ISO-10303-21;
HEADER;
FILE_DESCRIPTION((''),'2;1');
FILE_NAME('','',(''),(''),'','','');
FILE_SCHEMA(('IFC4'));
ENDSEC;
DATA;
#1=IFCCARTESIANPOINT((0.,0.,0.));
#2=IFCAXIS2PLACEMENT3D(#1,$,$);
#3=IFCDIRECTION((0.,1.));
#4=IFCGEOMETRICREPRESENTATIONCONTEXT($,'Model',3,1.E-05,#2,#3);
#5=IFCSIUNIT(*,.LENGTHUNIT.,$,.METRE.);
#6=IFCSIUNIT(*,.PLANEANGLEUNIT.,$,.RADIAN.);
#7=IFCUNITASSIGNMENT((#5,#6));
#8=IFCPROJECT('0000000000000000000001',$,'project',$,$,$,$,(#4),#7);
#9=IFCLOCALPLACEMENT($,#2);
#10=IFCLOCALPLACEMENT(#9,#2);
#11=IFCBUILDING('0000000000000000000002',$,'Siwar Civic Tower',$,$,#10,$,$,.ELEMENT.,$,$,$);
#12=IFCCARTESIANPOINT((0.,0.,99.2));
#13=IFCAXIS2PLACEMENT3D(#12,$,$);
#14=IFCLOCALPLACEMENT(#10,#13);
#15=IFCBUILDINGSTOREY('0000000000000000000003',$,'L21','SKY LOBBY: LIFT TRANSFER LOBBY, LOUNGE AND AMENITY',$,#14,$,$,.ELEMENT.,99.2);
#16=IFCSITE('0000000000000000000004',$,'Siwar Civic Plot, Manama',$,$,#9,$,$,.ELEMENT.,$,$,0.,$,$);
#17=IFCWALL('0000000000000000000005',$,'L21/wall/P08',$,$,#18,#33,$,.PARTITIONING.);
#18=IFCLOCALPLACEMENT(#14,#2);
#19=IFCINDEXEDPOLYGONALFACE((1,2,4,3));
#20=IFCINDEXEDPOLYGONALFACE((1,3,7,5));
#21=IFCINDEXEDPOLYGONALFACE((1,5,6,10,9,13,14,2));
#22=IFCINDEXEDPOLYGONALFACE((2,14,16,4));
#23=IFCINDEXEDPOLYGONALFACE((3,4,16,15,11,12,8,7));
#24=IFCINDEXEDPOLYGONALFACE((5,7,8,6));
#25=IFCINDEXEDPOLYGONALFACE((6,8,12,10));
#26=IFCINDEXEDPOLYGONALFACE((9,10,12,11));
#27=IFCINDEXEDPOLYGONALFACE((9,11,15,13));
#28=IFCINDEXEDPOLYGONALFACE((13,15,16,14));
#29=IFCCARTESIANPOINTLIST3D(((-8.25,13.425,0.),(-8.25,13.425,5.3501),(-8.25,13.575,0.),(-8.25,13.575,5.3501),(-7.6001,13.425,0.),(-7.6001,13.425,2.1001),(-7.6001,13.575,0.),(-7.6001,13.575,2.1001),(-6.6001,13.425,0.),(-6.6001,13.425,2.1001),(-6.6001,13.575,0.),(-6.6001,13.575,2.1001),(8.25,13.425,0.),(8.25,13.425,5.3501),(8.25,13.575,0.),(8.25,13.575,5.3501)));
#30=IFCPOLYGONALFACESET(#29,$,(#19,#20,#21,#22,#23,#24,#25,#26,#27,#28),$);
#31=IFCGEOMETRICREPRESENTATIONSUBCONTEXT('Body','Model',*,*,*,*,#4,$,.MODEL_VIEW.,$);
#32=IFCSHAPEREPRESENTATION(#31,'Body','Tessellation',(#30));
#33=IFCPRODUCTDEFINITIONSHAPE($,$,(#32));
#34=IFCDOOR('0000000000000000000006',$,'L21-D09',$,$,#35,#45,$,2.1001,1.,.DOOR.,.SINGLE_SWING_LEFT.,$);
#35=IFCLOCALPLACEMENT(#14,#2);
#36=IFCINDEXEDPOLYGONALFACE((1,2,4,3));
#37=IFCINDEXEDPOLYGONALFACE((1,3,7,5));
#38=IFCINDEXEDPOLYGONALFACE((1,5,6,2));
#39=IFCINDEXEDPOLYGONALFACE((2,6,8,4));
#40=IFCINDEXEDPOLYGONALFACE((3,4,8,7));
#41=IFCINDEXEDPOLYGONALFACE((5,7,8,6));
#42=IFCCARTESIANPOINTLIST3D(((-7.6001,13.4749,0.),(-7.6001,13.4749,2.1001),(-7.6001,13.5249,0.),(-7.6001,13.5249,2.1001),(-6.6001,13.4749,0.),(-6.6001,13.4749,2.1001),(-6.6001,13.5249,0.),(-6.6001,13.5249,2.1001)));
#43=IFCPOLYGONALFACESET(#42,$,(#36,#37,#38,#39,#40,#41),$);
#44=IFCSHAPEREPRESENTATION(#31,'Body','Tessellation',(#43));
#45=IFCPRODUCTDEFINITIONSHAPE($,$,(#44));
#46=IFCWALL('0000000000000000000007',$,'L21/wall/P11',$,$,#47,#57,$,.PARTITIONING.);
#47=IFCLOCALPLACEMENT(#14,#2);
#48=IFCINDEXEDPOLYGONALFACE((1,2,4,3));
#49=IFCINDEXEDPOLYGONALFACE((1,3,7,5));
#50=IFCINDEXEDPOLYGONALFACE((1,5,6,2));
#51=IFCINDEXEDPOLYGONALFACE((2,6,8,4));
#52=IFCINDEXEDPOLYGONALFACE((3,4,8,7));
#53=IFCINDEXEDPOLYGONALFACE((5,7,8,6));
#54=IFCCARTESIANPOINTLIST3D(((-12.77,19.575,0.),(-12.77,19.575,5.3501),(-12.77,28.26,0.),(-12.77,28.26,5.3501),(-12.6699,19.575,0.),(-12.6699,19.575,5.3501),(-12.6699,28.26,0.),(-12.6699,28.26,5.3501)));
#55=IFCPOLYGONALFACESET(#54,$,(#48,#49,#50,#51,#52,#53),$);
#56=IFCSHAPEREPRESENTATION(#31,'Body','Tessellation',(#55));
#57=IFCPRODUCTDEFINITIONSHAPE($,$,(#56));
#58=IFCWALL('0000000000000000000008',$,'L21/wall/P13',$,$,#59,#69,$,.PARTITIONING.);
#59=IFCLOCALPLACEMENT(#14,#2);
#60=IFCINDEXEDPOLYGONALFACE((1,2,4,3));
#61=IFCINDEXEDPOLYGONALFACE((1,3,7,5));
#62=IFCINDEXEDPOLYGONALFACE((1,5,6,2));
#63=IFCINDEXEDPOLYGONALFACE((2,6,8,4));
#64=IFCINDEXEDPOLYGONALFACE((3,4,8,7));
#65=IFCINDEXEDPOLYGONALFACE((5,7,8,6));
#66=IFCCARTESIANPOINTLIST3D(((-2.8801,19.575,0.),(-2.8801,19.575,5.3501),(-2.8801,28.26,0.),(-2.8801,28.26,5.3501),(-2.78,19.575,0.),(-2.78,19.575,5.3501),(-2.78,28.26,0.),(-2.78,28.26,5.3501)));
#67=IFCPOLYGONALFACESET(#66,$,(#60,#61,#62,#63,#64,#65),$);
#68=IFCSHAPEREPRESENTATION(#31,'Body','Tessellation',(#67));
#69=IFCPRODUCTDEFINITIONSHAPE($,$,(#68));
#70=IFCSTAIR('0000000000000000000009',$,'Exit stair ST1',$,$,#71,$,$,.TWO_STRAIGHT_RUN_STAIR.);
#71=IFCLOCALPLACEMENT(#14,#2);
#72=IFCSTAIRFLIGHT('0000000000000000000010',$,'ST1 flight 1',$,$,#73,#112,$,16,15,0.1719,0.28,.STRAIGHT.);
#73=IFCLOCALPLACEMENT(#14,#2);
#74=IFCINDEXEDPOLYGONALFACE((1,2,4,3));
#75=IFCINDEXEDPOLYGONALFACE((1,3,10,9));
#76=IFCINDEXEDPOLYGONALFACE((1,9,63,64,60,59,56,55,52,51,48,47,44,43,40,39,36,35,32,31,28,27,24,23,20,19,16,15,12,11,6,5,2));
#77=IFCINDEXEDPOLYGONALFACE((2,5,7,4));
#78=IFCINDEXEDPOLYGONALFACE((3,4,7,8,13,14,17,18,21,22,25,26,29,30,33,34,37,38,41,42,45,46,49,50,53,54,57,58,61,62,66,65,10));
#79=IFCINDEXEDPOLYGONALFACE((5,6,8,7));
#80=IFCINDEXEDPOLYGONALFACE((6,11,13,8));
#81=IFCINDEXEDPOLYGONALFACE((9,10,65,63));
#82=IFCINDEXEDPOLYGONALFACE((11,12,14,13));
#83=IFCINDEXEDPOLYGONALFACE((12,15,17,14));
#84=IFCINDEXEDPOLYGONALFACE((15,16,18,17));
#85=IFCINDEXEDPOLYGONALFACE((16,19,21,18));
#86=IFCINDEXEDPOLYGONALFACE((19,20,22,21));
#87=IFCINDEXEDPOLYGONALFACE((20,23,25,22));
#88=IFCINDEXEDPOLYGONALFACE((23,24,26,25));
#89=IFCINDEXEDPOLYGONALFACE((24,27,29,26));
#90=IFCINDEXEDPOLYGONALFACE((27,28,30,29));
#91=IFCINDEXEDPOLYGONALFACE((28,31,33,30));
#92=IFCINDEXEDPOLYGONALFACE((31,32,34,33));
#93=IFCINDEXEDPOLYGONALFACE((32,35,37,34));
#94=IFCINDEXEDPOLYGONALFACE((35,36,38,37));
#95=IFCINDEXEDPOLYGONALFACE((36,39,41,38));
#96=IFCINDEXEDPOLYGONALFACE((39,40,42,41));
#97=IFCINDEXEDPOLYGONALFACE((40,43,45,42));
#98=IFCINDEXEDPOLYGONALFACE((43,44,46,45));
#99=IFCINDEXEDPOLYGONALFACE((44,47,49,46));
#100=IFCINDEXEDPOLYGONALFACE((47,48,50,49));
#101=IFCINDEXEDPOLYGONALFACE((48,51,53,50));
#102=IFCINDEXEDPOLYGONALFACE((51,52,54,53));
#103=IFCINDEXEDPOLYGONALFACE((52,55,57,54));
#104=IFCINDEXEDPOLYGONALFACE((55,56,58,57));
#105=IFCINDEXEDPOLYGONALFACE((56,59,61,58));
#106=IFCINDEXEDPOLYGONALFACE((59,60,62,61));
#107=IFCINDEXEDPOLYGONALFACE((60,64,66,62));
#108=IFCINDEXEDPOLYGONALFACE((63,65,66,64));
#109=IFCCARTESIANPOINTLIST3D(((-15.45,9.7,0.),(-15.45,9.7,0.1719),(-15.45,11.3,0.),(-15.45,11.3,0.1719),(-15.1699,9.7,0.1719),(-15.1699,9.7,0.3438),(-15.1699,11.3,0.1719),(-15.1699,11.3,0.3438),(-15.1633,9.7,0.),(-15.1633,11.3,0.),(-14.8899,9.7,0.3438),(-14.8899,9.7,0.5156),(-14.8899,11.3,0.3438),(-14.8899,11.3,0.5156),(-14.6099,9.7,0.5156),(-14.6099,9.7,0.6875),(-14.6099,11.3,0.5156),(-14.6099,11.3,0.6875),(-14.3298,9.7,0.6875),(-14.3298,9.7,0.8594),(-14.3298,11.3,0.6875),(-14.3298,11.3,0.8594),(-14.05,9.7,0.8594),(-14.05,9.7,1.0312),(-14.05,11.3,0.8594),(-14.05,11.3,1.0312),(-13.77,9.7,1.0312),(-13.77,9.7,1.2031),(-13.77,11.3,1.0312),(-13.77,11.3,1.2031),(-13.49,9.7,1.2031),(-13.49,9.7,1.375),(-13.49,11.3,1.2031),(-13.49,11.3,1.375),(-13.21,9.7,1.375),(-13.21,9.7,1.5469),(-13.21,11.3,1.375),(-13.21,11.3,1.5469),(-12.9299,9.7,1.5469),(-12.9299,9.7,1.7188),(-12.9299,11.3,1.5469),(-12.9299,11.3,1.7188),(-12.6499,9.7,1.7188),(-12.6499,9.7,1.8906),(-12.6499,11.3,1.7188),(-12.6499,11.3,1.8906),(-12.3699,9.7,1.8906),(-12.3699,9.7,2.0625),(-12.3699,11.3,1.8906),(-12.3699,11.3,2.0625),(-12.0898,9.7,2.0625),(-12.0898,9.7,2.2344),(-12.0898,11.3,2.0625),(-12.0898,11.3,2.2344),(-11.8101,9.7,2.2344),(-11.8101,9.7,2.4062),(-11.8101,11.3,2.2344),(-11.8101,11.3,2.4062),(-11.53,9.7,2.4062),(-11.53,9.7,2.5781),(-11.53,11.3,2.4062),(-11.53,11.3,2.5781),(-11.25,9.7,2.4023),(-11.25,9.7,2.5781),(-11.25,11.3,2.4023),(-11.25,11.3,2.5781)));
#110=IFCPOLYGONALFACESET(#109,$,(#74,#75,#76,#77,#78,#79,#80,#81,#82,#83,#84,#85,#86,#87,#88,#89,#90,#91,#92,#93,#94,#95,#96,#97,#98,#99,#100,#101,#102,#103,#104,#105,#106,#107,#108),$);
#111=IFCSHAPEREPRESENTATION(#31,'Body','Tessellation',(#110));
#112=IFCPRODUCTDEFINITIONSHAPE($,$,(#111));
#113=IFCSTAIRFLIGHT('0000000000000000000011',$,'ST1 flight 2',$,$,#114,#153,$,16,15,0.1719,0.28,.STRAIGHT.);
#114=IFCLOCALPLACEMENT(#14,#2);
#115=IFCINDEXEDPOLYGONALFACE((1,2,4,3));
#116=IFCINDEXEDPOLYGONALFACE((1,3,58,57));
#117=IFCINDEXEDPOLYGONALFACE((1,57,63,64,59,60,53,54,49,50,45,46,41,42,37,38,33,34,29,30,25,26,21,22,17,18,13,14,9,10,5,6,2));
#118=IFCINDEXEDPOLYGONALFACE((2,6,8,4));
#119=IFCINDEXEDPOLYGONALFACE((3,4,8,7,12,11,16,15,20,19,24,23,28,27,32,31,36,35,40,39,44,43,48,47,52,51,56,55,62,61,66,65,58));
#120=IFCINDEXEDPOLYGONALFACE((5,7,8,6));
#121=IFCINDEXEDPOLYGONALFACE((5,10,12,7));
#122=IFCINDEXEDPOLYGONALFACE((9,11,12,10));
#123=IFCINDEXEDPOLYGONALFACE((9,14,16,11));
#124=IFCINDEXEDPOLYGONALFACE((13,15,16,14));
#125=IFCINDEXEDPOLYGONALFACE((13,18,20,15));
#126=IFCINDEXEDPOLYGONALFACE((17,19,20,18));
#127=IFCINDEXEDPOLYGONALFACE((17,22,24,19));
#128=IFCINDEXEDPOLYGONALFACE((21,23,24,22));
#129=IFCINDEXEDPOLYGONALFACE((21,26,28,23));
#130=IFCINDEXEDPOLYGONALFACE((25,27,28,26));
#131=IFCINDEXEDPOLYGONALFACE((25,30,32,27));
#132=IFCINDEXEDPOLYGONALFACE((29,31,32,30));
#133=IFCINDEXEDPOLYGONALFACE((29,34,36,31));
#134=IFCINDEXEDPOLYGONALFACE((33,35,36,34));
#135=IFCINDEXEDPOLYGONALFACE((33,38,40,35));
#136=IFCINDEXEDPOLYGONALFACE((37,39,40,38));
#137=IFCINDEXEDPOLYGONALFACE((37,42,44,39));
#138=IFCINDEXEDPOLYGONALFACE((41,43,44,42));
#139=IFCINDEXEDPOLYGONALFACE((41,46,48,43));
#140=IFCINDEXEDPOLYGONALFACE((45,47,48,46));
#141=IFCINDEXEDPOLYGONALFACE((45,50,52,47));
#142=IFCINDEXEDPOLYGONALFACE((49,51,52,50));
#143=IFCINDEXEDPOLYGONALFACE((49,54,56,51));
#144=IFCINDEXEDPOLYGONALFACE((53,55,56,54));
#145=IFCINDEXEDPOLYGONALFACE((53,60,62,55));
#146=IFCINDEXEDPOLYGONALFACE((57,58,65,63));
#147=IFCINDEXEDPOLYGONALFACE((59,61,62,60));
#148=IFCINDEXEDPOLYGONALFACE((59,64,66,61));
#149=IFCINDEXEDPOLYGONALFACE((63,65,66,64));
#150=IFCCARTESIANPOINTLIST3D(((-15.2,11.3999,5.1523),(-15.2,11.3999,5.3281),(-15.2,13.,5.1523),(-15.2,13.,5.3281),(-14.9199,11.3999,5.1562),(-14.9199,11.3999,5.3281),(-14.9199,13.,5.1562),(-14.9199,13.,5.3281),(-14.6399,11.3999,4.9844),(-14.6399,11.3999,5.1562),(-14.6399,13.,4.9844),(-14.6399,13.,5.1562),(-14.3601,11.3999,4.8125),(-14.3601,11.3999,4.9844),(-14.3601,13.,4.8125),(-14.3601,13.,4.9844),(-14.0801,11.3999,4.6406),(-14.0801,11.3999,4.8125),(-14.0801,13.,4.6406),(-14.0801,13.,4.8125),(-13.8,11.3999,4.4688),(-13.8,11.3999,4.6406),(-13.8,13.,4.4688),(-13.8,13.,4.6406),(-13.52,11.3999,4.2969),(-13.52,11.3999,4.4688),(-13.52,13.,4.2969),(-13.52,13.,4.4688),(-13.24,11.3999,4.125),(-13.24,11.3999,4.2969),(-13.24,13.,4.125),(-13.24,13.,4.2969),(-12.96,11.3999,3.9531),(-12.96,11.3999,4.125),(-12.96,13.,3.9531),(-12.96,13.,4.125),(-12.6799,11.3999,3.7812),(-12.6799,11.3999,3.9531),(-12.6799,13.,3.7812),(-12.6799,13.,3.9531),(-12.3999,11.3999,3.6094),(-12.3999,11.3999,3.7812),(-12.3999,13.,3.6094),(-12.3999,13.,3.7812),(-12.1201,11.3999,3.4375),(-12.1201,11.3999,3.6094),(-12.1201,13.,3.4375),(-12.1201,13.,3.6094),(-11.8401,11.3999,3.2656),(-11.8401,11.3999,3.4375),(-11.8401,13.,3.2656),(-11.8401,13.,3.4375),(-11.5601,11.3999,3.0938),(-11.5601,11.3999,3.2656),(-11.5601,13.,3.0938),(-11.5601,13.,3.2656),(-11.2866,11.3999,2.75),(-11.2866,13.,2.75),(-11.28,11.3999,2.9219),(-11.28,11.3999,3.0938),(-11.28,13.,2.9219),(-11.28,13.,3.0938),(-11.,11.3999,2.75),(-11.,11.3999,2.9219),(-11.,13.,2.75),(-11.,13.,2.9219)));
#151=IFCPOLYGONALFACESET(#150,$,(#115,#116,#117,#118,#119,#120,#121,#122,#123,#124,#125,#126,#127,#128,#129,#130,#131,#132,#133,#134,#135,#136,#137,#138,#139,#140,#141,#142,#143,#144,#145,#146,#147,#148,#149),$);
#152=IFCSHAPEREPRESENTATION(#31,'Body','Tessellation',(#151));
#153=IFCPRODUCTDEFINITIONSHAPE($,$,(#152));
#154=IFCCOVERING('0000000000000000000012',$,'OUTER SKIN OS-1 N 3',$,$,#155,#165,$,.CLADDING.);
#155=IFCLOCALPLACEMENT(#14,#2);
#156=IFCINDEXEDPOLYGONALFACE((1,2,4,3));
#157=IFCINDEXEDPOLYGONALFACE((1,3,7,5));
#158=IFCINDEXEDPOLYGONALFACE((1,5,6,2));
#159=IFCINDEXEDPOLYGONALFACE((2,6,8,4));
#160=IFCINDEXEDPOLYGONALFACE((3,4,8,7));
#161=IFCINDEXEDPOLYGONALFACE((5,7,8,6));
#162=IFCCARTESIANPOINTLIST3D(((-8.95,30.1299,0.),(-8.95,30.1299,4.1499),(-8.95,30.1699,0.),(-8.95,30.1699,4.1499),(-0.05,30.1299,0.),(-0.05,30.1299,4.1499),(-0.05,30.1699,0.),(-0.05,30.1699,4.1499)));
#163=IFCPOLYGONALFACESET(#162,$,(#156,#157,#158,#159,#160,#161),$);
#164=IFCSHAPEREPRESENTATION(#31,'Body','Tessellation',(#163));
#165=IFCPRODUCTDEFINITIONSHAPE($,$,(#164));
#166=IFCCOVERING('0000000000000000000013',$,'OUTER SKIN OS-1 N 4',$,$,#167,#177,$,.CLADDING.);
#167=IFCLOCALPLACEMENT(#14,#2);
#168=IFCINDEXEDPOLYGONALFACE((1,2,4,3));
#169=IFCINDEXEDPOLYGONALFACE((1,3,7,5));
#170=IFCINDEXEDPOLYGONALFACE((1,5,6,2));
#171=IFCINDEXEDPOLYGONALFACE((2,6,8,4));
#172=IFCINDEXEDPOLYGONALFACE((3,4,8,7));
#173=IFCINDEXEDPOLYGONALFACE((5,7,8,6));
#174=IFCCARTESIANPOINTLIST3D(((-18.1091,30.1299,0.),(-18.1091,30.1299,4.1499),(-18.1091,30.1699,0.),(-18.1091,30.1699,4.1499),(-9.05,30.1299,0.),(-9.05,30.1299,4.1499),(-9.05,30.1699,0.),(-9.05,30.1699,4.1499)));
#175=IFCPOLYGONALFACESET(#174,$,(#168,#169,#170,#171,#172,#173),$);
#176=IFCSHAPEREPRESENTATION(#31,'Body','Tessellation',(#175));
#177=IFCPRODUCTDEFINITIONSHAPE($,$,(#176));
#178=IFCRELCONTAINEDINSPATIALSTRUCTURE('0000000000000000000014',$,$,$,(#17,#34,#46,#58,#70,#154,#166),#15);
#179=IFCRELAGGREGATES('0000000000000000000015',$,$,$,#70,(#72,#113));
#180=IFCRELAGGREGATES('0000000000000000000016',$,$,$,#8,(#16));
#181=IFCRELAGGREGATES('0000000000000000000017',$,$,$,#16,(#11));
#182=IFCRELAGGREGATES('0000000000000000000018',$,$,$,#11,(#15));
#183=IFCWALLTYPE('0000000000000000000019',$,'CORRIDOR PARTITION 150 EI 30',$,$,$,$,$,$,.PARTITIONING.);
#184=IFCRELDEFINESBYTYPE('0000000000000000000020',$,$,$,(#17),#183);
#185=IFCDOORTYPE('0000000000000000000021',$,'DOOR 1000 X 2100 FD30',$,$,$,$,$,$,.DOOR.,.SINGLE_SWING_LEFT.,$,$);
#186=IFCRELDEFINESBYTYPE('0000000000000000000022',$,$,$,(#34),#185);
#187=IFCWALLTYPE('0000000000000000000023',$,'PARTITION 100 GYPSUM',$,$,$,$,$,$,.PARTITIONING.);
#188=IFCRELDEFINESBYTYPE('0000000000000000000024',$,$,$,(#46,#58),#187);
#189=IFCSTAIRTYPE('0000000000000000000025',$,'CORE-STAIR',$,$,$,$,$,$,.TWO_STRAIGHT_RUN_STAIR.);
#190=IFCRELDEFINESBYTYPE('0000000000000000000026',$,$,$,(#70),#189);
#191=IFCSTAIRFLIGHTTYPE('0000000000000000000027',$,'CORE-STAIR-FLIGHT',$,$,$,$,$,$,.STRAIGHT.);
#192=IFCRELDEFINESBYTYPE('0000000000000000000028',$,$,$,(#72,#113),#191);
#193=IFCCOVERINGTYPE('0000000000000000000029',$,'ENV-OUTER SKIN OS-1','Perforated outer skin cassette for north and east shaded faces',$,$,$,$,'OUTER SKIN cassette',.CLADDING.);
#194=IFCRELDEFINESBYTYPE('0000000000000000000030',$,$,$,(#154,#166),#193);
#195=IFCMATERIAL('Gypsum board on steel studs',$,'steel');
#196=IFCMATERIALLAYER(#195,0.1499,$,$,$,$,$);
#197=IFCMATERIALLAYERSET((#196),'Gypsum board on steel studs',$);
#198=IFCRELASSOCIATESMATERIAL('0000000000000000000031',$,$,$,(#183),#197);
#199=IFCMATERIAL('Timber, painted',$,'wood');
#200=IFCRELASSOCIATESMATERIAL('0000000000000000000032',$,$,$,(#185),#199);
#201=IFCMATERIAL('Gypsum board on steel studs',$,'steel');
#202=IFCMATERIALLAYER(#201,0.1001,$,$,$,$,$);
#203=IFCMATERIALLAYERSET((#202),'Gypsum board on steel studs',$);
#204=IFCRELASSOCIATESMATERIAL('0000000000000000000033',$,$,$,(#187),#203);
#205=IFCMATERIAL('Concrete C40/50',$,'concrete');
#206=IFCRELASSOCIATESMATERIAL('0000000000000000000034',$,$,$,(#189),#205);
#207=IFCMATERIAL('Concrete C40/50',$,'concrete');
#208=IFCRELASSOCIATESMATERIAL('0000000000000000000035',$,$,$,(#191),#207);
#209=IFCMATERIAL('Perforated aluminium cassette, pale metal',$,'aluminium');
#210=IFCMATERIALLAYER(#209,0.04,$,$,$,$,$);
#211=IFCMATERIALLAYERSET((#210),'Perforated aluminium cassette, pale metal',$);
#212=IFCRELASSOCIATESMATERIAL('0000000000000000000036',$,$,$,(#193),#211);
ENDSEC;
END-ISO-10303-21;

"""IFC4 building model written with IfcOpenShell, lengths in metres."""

from ifc_helpers import new_model, si_unit, direction, frame, frame_2d, origin, origin_2d, place, context, subcontext, project, spatial, polyline, rectangle, outline, extrude, material, layer, layer_set, type_object, element, fill, aggregate, save


model = new_model("IFC4")

# Units and contexts
model_context = context("Model", 3, precision=1e-05, world=origin(), true_north=direction((0.0, 1.0)))
body_context = subcontext(model_context, "Body", "Model", "MODEL_VIEW")
ifc_project = project(units=[si_unit("LENGTHUNIT", "METRE"), si_unit("PLANEANGLEUNIT", "RADIAN")], contexts=[model_context])

# Site, building, storey
site_placement = place(None, origin())
site = spatial("IfcSite", under=ifc_project, at=site_placement, Name="Siwar Civic Plot, Manama", CompositionType="ELEMENT", RefElevation=0.0)
building_placement = place(site_placement, origin())
building = spatial("IfcBuilding", under=site, at=building_placement, Name="Siwar Civic Tower", CompositionType="ELEMENT")
storey_placement = place(building_placement, frame((0.0, 0.0, 99.2)))
storey = spatial("IfcBuildingStorey", under=building, at=storey_placement, Name="L21", Description="SKY LOBBY: LIFT TRANSFER LOBBY, LOUNGE AND AMENITY", CompositionType="ELEMENT", Elevation=99.2)

# Shared definitions
ifc_material_1 = material(Name="Gypsum board on steel studs", Category="steel")
ifc_layer_1 = layer(ifc_material_1, 0.1499)
ifc_layer_set_1 = layer_set([ifc_layer_1], Name="Gypsum board on steel studs")
wall_type_1 = type_object("IfcWallType", Name="CORRIDOR PARTITION 150 EI 30", PredefinedType="PARTITIONING", material=ifc_layer_set_1)

# Wall, opening, door
wall_1_placement = place(storey_placement, frame((-8.25, 13.5, 0.0), z_axis=(0.0, 0.0, 1.0), x_axis=(1.0, 0.0, 0.0)))
wall_1 = element("IfcWall", 1, at=wall_1_placement, inside=storey, type_object=wall_type_1, Name="L21/wall/P08", PredefinedType="PARTITIONING", context=body_context, shape_type="SweptSolid", body=[
    extrude(rectangle(XDim=16.5, YDim=0.1499, at=frame_2d((8.25, 0.0))), origin(), (0.0, 0.0, 1.0), 5.3501),
])
opening_1_placement = place(wall_1_placement, frame((0.6499, 0.0, 0.0)))
opening_1 = element("IfcOpeningElement", 2, at=opening_1_placement, cuts=wall_1, PredefinedType="OPENING", context=body_context, shape_type="SweptSolid", body=[
    extrude(rectangle(XDim=1.0, YDim=2.1001, at=frame_2d((0.5, 1.05))), frame((0.0, 0.085, 0.0), z_axis=(0.0, -1.0, 0.0), x_axis=(1.0, 0.0, 0.0)), (0.0, 0.0, 1.0), 0.1699),
])
ifc_material_2 = material(Name="Timber, painted", Category="wood")
door_type_1 = type_object("IfcDoorType", Name="DOOR 1000 X 2100 FD30", OperationType="SINGLE_SWING_LEFT", PredefinedType="DOOR", material=ifc_material_2)
door_1_placement = place(opening_1_placement, origin())
door_1 = element("IfcDoor", 3, at=door_1_placement, inside=storey, type_object=door_type_1, Name="L21-D09", OperationType="SINGLE_SWING_LEFT", OverallHeight=2.1001, OverallWidth=1.0, PredefinedType="DOOR", context=body_context, shape_type="SweptSolid", body=[
    extrude(rectangle(XDim=1.0, YDim=2.1001, at=frame_2d((0.5, 1.05))), frame((0.0, 0.0249, 0.0), z_axis=(0.0, -1.0, 0.0), x_axis=(1.0, 0.0, 0.0)), (0.0, 0.0, 1.0), 0.05),
])
fill(opening_1, door_1)

# Walls
ifc_material_3 = material(Name="Gypsum board on steel studs", Category="steel")
ifc_layer_2 = layer(ifc_material_3, 0.1001)
ifc_layer_set_2 = layer_set([ifc_layer_2], Name="Gypsum board on steel studs")
wall_type_2 = type_object("IfcWallType", Name="PARTITION 100 GYPSUM", PredefinedType="PARTITIONING", material=ifc_layer_set_2)
for number, where, z_axis, x_axis, name in (
    (4, (-12.72, 19.575, 0.0), (0.0, 0.0, 1.0), (0.0, 1.0, 0.0), "L21/wall/P11"),
    (5, (-2.8301, 19.575, 0.0), (0.0, 0.0, 1.0), (0.0, 1.0, 0.0), "L21/wall/P13"),
):
    element("IfcWall", number, at=place(storey_placement, frame(where, z_axis=z_axis, x_axis=x_axis)), inside=storey, type_object=wall_type_2, Name=name, PredefinedType="PARTITIONING", context=body_context, shape_type="SweptSolid", body=[
        extrude(rectangle(XDim=8.6851, YDim=0.1001, at=frame_2d((4.3425, 0.0))), origin(), (0.0, 0.0, 1.0), 5.3501),
    ])

# Stair, stair flights
ifc_material_4 = material(Name="Concrete C40/50", Category="concrete")
stair_type = type_object("IfcStairType", Name="CORE-STAIR", PredefinedType="TWO_STRAIGHT_RUN_STAIR", material=ifc_material_4)
stair_placement = place(storey_placement, origin())
stair = element("IfcStair", 6, at=stair_placement, inside=storey, type_object=stair_type, Name="Exit stair ST1", PredefinedType="TWO_STRAIGHT_RUN_STAIR")
ifc_material_5 = material(Name="Concrete C40/50", Category="concrete")
stair_flight_type = type_object("IfcStairFlightType", Name="CORE-STAIR-FLIGHT", PredefinedType="STRAIGHT", material=ifc_material_5)
stair_flight_1_placement = place(storey_placement, frame((-15.45, 10.5, 0.0), z_axis=(0.0, 0.0, 1.0), x_axis=(1.0, 0.0, 0.0)))
stair_flight_1 = element("IfcStairFlight", 7, at=stair_flight_1_placement, type_object=stair_flight_type, Name="ST1 flight 1", NumberOfRisers=16, NumberOfTreads=15, PredefinedType="STRAIGHT", RiserHeight=0.1719, TreadLength=0.28, context=body_context, shape_type="SweptSolid", body=[
    extrude(outline(polyline([(0.0, 0.0), (0.0, 0.1719), (0.28, 0.1719), (0.28, 0.3438), (0.5601, 0.3438), (0.5601, 0.5156), (0.8401, 0.5156), (0.8401, 0.6875), (1.1201, 0.6875), (1.1201, 0.8594), (1.3999, 0.8594), (1.3999, 1.0312), (1.6799, 1.0312), (1.6799, 1.2031), (1.96, 1.2031), (1.96, 1.375), (2.24, 1.375), (2.24, 1.5469), (2.52, 1.5469), (2.52, 1.7188), (2.8, 1.7188), (2.8, 1.8906), (3.0801, 1.8906), (3.0801, 2.0625), (3.3601, 2.0625), (3.3601, 2.2344), (3.6399, 2.2344), (3.6399, 2.4062), (3.9199, 2.4062), (3.9199, 2.5781), (4.2, 2.5781), (4.2, 2.75), (4.2, 2.4023), (0.2866, 0.0), (0.0, 0.0)])), frame((0.0, 0.8, 0.0), z_axis=(0.0, -1.0, 0.0), x_axis=(1.0, 0.0, 0.0)), (0.0, 0.0, 1.0), 1.6001),
])
stair_flight_2_placement = place(storey_placement, frame((-11.0, 12.2, 2.75), z_axis=(0.0, 0.0, 1.0), x_axis=(-1.0, 0.0, 0.0)))
stair_flight_2 = element("IfcStairFlight", 8, at=stair_flight_2_placement, type_object=stair_flight_type, Name="ST1 flight 2", NumberOfRisers=16, NumberOfTreads=15, PredefinedType="STRAIGHT", RiserHeight=0.1719, TreadLength=0.28, context=body_context, shape_type="SweptSolid", body=[
    extrude(outline(polyline([(0.0, 0.0), (0.0, 0.1719), (0.28, 0.1719), (0.28, 0.3438), (0.5601, 0.3438), (0.5601, 0.5156), (0.8401, 0.5156), (0.8401, 0.6875), (1.1201, 0.6875), (1.1201, 0.8594), (1.3999, 0.8594), (1.3999, 1.0312), (1.6799, 1.0312), (1.6799, 1.2031), (1.96, 1.2031), (1.96, 1.375), (2.24, 1.375), (2.24, 1.5469), (2.52, 1.5469), (2.52, 1.7188), (2.8, 1.7188), (2.8, 1.8906), (3.0801, 1.8906), (3.0801, 2.0625), (3.3601, 2.0625), (3.3601, 2.2344), (3.6399, 2.2344), (3.6399, 2.4062), (3.9199, 2.4062), (3.9199, 2.5781), (4.2, 2.5781), (4.2, 2.75), (4.2, 2.4023), (0.2866, 0.0), (0.0, 0.0)])), frame((0.0, 0.8, 0.0), z_axis=(0.0, -1.0, 0.0), x_axis=(1.0, 0.0, 0.0)), (0.0, 0.0, 1.0), 1.6001),
])
aggregate(stair, [stair_flight_1, stair_flight_2])

# Coverings
ifc_material_6 = material(Name="Perforated aluminium cassette, pale metal", Category="aluminium")
ifc_layer_3 = layer(ifc_material_6, 0.04)
ifc_layer_set_3 = layer_set([ifc_layer_3], Name="Perforated aluminium cassette, pale metal")
covering_type = type_object("IfcCoveringType", Name="ENV-OUTER SKIN OS-1", Description="Perforated outer skin cassette for north and east shaded faces", ElementType="OUTER SKIN cassette", PredefinedType="CLADDING", material=ifc_layer_set_3)
covering_1_placement = place(storey_placement, frame((-4.5, 30.1499, 0.0), z_axis=(0.0, 0.0, 1.0), x_axis=(-1.0, 0.0, 0.0)))
element("IfcCovering", 9, at=covering_1_placement, inside=storey, type_object=covering_type, Name="OUTER SKIN OS-1 N 3", PredefinedType="CLADDING", context=body_context, shape_type="SweptSolid", body=[
    extrude(rectangle(XDim=8.8999, YDim=0.04, at=origin_2d()), origin(), (0.0, 0.0, 1.0), 4.1499),
])
covering_2_placement = place(storey_placement, frame((-13.5796, 30.1499, 0.0), z_axis=(0.0, 0.0, 1.0), x_axis=(-1.0, 0.0, 0.0)))
element("IfcCovering", 10, at=covering_2_placement, inside=storey, type_object=covering_type, Name="OUTER SKIN OS-1 N 4", PredefinedType="CLADDING", context=body_context, shape_type="SweptSolid", body=[
    extrude(rectangle(XDim=9.0591, YDim=0.04, at=origin_2d()), origin(), (0.0, 0.0, 1.0), 4.1499),
])

save(model, "model.ifc")
